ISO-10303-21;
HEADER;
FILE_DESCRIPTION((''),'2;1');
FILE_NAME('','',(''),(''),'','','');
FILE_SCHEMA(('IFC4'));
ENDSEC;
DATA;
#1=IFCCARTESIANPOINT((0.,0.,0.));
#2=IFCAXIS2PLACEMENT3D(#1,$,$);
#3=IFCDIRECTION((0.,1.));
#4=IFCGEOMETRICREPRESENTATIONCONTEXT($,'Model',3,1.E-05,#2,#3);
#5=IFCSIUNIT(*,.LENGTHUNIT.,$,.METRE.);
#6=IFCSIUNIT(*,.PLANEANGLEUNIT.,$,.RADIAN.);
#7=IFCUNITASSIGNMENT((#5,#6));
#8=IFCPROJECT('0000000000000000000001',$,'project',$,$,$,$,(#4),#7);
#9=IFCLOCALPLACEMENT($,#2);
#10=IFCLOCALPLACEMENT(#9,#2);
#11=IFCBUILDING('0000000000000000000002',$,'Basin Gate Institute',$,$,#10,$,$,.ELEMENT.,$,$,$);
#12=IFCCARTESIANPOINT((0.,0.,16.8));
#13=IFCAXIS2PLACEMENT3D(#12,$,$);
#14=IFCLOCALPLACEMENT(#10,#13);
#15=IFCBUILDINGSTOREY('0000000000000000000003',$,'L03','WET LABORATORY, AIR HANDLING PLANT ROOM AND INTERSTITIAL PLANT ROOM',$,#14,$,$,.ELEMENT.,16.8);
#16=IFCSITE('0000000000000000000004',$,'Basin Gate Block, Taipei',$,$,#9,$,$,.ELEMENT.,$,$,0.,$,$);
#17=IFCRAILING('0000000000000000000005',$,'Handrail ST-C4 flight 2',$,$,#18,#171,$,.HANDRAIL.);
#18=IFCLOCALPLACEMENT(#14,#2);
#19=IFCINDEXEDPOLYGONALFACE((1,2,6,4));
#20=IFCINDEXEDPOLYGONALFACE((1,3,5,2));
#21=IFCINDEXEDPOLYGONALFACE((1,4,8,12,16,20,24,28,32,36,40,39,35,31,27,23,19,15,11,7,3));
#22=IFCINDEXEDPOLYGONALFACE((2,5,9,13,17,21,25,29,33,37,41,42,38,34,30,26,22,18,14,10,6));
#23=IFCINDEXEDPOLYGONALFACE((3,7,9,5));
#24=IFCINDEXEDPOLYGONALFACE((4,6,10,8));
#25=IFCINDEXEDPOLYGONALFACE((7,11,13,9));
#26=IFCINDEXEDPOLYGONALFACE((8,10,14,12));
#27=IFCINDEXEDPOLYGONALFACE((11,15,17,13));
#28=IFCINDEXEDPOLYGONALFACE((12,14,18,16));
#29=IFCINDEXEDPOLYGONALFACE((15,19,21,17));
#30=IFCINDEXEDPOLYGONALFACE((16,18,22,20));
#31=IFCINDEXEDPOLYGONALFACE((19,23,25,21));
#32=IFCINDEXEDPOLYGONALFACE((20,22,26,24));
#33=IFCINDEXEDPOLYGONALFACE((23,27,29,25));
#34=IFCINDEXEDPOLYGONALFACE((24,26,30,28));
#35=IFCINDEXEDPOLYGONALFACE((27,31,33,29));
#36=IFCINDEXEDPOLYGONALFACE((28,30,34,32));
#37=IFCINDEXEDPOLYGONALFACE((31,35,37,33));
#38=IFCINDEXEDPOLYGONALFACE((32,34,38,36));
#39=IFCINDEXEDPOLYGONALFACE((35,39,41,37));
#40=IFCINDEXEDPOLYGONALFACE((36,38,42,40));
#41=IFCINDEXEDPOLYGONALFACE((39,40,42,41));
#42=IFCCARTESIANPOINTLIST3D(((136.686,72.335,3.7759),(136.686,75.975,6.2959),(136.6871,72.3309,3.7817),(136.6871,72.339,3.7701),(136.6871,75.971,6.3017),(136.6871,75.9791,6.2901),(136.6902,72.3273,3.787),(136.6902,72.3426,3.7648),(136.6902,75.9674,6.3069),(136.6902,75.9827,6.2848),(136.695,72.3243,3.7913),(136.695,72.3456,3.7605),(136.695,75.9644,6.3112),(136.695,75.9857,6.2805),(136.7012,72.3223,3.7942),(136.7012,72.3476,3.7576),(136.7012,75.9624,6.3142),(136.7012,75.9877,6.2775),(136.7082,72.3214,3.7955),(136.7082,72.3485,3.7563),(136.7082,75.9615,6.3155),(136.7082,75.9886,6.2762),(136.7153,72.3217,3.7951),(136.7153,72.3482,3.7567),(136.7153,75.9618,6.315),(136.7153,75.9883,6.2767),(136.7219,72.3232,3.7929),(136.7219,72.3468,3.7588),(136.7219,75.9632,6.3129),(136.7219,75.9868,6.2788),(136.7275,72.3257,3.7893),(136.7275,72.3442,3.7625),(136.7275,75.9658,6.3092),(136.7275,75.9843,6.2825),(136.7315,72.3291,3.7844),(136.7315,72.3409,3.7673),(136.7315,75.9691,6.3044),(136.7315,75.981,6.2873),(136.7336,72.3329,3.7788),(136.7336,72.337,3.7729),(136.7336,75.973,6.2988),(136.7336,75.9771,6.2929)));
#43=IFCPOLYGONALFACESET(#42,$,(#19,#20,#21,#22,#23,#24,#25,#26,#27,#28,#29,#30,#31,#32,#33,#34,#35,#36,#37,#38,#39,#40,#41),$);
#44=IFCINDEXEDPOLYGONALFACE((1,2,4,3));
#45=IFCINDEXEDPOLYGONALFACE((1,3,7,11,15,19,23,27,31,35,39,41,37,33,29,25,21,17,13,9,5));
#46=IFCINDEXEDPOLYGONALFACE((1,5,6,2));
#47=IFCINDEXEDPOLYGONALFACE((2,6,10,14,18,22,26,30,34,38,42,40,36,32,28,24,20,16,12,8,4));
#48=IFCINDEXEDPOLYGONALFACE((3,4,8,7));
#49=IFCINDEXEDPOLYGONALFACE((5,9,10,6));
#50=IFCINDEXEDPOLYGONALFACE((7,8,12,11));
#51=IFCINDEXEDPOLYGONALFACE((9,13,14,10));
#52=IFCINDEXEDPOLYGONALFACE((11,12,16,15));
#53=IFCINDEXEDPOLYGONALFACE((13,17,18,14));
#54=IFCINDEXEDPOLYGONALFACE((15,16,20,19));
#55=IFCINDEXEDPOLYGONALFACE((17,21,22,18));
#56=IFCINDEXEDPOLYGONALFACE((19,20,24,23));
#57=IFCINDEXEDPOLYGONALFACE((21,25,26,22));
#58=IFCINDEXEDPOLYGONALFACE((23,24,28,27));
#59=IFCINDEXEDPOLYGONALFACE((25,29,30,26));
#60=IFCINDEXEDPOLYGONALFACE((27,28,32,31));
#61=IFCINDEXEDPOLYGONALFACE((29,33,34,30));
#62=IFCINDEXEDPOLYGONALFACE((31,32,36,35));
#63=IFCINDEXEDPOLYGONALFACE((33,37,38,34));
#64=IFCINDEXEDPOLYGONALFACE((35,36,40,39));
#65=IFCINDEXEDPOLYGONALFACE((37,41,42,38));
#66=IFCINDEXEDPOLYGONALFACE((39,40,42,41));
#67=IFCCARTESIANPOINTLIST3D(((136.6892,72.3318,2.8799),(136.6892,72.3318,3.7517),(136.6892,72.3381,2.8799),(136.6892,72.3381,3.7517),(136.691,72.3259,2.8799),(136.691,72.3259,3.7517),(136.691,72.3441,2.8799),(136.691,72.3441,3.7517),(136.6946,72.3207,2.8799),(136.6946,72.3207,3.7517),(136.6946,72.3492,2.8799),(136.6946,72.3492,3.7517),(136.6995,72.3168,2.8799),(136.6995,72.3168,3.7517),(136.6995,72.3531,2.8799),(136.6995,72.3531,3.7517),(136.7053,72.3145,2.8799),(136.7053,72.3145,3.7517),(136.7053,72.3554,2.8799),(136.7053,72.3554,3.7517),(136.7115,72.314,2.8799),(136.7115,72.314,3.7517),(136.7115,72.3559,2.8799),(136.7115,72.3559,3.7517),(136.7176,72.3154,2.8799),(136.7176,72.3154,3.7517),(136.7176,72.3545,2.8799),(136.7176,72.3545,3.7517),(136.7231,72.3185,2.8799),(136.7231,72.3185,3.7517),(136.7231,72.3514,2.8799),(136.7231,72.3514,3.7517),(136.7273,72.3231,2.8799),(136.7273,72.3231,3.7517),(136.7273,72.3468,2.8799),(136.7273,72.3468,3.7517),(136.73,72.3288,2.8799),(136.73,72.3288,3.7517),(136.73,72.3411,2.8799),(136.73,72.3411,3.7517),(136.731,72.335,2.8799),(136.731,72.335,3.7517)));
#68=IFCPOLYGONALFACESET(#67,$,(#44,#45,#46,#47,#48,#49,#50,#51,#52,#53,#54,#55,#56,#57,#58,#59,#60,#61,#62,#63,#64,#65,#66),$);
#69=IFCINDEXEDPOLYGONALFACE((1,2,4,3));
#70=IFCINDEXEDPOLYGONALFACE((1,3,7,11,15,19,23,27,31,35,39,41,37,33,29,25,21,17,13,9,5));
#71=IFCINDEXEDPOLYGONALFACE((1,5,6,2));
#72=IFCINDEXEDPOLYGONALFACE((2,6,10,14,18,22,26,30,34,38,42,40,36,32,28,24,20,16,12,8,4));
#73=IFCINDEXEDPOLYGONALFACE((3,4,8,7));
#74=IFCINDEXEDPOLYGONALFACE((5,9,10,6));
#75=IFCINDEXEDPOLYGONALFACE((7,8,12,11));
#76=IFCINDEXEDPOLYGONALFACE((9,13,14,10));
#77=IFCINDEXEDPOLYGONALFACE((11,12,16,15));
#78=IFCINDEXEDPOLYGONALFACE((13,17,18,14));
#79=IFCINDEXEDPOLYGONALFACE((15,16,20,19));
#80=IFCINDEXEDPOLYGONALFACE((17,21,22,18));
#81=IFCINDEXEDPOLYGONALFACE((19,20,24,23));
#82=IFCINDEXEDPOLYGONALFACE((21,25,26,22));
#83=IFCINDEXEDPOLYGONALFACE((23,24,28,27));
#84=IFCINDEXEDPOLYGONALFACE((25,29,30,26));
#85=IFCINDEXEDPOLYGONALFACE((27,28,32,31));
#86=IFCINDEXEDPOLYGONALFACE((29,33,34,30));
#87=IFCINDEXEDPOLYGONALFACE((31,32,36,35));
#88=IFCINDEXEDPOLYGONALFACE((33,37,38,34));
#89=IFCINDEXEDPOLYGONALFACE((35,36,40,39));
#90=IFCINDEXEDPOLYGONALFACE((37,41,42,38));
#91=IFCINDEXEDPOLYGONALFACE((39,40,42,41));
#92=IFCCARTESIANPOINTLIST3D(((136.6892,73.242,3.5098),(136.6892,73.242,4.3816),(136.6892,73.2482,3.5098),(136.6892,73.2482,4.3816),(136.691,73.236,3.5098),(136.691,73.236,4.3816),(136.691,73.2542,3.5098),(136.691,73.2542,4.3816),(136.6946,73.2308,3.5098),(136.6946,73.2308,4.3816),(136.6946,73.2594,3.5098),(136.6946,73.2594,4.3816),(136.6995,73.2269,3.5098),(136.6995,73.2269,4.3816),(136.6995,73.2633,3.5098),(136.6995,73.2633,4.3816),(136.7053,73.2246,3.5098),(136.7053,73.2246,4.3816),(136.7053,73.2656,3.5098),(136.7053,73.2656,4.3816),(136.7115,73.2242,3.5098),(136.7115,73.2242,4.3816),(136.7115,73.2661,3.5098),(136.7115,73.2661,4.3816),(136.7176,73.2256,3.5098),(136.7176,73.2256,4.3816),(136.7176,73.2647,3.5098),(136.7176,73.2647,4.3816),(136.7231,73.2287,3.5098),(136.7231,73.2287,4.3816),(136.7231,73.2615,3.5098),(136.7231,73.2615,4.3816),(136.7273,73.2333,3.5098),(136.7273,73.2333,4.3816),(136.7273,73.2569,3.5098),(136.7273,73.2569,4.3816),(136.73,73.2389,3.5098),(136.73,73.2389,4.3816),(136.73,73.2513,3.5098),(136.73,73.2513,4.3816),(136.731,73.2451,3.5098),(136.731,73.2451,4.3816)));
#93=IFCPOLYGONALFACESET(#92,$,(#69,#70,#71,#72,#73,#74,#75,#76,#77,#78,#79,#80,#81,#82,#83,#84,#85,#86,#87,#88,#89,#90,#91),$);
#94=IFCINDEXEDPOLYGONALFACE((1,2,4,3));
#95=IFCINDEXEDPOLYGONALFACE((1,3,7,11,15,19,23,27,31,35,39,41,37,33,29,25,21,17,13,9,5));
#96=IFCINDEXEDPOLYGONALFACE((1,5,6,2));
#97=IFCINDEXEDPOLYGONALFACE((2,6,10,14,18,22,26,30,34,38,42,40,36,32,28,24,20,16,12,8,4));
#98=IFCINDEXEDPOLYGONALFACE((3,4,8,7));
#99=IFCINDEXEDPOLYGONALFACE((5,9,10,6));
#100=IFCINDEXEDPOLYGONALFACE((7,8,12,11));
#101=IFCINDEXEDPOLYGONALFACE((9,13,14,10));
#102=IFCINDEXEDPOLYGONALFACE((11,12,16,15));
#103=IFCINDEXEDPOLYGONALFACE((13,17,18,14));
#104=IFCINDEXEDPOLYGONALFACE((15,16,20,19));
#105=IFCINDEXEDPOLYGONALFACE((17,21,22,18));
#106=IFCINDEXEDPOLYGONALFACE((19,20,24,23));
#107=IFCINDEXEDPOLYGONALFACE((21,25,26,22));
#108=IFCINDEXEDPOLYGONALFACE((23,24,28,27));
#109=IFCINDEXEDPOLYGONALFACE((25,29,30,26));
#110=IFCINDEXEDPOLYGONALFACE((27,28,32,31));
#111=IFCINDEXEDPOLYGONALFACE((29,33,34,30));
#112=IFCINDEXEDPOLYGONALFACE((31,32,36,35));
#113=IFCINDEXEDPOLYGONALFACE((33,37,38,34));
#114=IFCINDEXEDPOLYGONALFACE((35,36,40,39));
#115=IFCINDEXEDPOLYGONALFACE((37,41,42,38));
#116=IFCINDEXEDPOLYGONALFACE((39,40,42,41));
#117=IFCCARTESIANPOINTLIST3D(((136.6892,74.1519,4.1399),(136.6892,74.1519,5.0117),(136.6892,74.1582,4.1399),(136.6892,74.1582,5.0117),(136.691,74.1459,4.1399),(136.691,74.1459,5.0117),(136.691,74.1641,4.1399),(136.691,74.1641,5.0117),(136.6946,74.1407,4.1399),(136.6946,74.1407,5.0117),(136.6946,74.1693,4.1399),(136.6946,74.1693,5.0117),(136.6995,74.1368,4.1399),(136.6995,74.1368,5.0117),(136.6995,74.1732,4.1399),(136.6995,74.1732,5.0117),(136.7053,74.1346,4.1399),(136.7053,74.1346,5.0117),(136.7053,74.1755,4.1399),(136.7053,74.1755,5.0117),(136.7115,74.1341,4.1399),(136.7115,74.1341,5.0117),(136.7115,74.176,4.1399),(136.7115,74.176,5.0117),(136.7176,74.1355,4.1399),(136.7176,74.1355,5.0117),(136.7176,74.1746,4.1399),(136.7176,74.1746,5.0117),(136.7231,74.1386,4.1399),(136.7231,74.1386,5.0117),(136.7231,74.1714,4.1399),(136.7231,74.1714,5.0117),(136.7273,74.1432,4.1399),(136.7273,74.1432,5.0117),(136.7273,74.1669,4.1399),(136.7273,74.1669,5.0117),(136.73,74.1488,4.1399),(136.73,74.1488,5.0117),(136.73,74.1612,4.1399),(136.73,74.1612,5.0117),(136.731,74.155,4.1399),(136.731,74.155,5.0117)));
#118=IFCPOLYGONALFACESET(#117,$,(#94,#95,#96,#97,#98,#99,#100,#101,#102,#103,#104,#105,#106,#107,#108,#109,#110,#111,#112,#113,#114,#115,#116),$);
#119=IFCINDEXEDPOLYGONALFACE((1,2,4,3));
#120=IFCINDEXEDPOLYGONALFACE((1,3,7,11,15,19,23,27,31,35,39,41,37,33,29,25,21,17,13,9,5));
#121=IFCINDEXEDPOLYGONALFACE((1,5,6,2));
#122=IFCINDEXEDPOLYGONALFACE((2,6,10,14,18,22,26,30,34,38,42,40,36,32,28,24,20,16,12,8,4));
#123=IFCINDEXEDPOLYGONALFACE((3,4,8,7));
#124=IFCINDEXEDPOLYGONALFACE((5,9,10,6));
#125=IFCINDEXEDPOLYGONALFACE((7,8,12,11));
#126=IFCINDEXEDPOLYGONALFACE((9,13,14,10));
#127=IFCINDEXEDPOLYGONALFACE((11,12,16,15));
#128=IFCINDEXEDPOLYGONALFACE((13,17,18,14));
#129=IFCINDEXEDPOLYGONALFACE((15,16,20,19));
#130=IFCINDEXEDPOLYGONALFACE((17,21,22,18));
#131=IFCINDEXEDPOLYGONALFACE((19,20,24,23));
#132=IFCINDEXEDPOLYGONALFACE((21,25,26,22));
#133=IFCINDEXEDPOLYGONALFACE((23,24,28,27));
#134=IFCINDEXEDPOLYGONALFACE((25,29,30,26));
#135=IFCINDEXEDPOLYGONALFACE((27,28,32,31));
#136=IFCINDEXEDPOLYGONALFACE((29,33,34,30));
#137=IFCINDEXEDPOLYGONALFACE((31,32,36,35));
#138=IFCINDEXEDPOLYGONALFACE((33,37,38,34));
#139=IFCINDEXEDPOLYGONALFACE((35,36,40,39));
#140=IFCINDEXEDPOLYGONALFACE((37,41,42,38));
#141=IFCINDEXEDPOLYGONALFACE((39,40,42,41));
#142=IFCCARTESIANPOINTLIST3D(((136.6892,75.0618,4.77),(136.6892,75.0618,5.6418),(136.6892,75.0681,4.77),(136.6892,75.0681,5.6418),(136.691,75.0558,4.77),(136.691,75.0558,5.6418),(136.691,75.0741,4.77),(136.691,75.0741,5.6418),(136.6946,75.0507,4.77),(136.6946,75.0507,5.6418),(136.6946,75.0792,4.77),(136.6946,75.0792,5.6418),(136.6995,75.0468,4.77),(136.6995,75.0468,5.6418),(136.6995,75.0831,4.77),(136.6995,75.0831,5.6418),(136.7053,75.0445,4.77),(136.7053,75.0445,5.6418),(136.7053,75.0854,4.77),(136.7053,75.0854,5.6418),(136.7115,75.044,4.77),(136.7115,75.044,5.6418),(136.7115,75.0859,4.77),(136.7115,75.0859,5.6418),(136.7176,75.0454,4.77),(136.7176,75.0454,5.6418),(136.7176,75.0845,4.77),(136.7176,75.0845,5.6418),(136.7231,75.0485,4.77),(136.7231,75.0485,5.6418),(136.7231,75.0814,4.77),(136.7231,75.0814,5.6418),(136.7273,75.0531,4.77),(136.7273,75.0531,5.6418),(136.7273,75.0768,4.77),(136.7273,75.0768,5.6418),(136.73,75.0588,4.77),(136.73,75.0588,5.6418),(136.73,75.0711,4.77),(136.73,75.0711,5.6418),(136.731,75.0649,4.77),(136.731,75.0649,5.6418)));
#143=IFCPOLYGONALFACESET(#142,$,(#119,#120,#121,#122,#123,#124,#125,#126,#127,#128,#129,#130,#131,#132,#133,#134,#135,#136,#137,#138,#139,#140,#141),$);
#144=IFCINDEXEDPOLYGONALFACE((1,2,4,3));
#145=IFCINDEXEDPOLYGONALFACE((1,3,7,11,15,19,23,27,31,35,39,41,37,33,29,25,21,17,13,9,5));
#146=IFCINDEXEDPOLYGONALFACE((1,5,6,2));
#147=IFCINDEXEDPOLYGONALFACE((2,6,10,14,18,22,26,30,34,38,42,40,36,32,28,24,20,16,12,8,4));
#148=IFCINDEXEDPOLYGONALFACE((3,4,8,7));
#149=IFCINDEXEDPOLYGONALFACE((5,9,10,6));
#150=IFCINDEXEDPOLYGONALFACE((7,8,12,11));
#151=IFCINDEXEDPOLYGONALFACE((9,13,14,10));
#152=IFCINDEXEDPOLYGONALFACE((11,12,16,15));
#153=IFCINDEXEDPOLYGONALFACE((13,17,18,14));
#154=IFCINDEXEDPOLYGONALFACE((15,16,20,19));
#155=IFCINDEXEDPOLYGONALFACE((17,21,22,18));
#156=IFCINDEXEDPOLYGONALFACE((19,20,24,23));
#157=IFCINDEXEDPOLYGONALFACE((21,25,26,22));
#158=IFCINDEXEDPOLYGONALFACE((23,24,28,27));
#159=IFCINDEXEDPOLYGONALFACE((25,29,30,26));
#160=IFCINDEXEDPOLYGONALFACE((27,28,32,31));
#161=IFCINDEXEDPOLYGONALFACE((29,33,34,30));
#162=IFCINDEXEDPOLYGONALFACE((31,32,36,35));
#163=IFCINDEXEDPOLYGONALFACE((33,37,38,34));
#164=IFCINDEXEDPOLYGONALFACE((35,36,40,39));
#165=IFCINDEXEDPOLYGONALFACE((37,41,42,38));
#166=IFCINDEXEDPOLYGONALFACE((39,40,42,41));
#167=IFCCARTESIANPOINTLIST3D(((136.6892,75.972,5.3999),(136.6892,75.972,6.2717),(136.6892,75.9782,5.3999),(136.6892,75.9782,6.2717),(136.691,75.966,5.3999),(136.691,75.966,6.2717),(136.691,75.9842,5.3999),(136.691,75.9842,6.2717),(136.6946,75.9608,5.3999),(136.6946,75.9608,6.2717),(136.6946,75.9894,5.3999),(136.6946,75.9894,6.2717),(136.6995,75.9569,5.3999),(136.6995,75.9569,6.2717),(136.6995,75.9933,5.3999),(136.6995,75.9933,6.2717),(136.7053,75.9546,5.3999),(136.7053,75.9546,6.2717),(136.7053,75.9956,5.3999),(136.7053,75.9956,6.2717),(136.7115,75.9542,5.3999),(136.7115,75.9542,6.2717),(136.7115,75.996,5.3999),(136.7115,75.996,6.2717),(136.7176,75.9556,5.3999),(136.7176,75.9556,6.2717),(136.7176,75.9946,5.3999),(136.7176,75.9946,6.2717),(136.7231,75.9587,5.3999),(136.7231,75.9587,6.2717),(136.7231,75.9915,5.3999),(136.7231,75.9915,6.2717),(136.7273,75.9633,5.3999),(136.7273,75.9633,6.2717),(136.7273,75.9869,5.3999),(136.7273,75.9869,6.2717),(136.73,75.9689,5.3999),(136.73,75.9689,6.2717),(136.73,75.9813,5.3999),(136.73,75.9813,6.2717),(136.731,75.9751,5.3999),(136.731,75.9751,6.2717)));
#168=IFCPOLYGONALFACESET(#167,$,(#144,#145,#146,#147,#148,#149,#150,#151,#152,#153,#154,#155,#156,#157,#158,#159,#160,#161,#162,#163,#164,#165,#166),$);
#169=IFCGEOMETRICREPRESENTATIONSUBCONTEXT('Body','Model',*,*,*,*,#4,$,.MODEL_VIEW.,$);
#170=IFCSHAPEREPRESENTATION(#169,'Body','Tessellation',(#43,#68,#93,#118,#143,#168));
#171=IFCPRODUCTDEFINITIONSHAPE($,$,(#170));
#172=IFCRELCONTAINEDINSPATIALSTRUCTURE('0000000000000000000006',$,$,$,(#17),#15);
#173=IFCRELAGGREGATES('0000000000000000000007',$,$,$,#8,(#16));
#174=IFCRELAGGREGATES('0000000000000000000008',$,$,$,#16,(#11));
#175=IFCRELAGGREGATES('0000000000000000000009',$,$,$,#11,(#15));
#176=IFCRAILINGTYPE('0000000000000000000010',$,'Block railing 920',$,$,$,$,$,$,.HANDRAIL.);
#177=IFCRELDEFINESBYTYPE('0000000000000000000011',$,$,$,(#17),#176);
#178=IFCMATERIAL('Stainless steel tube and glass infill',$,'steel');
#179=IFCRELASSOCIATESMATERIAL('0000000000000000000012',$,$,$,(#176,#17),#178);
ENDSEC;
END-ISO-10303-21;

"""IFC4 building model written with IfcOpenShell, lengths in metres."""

from ifc_helpers import new_model, si_unit, direction, frame, origin, origin_2d, place, context, subcontext, project, spatial, circle, extrude, material, type_object, element, save


model = new_model("IFC4")

# Units and contexts
model_context = context("Model", 3, precision=1e-05, world=origin(), true_north=direction((0.0, 1.0)))
body_context = subcontext(model_context, "Body", "Model", "MODEL_VIEW")
ifc_project = project(units=[si_unit("LENGTHUNIT", "METRE"), si_unit("PLANEANGLEUNIT", "RADIAN")], contexts=[model_context])

# Site, building, storey
site_placement = place(None, origin())
site = spatial("IfcSite", under=ifc_project, at=site_placement, Name="Basin Gate Block, Taipei", CompositionType="ELEMENT", RefElevation=0.0)
building_placement = place(site_placement, origin())
building = spatial("IfcBuilding", under=site, at=building_placement, Name="Basin Gate Institute", CompositionType="ELEMENT")
storey_placement = place(building_placement, frame((0.0, 0.0, 16.8)))
storey = spatial("IfcBuildingStorey", under=building, at=storey_placement, Name="L03", Description="WET LABORATORY, AIR HANDLING PLANT ROOM AND INTERSTITIAL PLANT ROOM", CompositionType="ELEMENT", Elevation=16.8)

# Railing
ifc_material_1 = material(Name="Stainless steel tube and glass infill", Category="steel")
railing_type = type_object("IfcRailingType", Name="Block railing 920", PredefinedType="HANDRAIL", material=ifc_material_1)
for number, where, name in (
    (1, (136.71, 72.335, 2.8799), "Handrail ST-C4 flight 2"),
):
    element("IfcRailing", number, at=place(storey_placement, frame(where)), inside=storey, type_object=railing_type, material=ifc_material_1, Name=name, PredefinedType="HANDRAIL", context=body_context, shape_type="SweptSolid", body=[
        extrude(circle(Radius=0.0239, at=origin_2d()), frame((0.0, 0.0, 0.896), z_axis=(0.0, 0.8222, 0.569199), x_axis=(-1.0, 0.0, 0.0)), (0.0, 0.0, 1.0), 4.4272),
        extrude(circle(Radius=0.021, at=origin_2d()), origin(), (0.0, 0.0, 1.0), 0.8718),
        extrude(circle(Radius=0.021, at=origin_2d()), frame((0.0, 0.9102, 0.6299)), (0.0, 0.0, 1.0), 0.8718),
        extrude(circle(Radius=0.021, at=origin_2d()), frame((0.0, 1.8201, 1.26)), (0.0, 0.0, 1.0), 0.8718),
        extrude(circle(Radius=0.021, at=origin_2d()), frame((0.0, 2.73, 1.8901)), (0.0, 0.0, 1.0), 0.8718),
        extrude(circle(Radius=0.021, at=origin_2d()), frame((0.0, 3.6401, 2.52)), (0.0, 0.0, 1.0), 0.8718),
    ])

save(model, "model.ifc")
